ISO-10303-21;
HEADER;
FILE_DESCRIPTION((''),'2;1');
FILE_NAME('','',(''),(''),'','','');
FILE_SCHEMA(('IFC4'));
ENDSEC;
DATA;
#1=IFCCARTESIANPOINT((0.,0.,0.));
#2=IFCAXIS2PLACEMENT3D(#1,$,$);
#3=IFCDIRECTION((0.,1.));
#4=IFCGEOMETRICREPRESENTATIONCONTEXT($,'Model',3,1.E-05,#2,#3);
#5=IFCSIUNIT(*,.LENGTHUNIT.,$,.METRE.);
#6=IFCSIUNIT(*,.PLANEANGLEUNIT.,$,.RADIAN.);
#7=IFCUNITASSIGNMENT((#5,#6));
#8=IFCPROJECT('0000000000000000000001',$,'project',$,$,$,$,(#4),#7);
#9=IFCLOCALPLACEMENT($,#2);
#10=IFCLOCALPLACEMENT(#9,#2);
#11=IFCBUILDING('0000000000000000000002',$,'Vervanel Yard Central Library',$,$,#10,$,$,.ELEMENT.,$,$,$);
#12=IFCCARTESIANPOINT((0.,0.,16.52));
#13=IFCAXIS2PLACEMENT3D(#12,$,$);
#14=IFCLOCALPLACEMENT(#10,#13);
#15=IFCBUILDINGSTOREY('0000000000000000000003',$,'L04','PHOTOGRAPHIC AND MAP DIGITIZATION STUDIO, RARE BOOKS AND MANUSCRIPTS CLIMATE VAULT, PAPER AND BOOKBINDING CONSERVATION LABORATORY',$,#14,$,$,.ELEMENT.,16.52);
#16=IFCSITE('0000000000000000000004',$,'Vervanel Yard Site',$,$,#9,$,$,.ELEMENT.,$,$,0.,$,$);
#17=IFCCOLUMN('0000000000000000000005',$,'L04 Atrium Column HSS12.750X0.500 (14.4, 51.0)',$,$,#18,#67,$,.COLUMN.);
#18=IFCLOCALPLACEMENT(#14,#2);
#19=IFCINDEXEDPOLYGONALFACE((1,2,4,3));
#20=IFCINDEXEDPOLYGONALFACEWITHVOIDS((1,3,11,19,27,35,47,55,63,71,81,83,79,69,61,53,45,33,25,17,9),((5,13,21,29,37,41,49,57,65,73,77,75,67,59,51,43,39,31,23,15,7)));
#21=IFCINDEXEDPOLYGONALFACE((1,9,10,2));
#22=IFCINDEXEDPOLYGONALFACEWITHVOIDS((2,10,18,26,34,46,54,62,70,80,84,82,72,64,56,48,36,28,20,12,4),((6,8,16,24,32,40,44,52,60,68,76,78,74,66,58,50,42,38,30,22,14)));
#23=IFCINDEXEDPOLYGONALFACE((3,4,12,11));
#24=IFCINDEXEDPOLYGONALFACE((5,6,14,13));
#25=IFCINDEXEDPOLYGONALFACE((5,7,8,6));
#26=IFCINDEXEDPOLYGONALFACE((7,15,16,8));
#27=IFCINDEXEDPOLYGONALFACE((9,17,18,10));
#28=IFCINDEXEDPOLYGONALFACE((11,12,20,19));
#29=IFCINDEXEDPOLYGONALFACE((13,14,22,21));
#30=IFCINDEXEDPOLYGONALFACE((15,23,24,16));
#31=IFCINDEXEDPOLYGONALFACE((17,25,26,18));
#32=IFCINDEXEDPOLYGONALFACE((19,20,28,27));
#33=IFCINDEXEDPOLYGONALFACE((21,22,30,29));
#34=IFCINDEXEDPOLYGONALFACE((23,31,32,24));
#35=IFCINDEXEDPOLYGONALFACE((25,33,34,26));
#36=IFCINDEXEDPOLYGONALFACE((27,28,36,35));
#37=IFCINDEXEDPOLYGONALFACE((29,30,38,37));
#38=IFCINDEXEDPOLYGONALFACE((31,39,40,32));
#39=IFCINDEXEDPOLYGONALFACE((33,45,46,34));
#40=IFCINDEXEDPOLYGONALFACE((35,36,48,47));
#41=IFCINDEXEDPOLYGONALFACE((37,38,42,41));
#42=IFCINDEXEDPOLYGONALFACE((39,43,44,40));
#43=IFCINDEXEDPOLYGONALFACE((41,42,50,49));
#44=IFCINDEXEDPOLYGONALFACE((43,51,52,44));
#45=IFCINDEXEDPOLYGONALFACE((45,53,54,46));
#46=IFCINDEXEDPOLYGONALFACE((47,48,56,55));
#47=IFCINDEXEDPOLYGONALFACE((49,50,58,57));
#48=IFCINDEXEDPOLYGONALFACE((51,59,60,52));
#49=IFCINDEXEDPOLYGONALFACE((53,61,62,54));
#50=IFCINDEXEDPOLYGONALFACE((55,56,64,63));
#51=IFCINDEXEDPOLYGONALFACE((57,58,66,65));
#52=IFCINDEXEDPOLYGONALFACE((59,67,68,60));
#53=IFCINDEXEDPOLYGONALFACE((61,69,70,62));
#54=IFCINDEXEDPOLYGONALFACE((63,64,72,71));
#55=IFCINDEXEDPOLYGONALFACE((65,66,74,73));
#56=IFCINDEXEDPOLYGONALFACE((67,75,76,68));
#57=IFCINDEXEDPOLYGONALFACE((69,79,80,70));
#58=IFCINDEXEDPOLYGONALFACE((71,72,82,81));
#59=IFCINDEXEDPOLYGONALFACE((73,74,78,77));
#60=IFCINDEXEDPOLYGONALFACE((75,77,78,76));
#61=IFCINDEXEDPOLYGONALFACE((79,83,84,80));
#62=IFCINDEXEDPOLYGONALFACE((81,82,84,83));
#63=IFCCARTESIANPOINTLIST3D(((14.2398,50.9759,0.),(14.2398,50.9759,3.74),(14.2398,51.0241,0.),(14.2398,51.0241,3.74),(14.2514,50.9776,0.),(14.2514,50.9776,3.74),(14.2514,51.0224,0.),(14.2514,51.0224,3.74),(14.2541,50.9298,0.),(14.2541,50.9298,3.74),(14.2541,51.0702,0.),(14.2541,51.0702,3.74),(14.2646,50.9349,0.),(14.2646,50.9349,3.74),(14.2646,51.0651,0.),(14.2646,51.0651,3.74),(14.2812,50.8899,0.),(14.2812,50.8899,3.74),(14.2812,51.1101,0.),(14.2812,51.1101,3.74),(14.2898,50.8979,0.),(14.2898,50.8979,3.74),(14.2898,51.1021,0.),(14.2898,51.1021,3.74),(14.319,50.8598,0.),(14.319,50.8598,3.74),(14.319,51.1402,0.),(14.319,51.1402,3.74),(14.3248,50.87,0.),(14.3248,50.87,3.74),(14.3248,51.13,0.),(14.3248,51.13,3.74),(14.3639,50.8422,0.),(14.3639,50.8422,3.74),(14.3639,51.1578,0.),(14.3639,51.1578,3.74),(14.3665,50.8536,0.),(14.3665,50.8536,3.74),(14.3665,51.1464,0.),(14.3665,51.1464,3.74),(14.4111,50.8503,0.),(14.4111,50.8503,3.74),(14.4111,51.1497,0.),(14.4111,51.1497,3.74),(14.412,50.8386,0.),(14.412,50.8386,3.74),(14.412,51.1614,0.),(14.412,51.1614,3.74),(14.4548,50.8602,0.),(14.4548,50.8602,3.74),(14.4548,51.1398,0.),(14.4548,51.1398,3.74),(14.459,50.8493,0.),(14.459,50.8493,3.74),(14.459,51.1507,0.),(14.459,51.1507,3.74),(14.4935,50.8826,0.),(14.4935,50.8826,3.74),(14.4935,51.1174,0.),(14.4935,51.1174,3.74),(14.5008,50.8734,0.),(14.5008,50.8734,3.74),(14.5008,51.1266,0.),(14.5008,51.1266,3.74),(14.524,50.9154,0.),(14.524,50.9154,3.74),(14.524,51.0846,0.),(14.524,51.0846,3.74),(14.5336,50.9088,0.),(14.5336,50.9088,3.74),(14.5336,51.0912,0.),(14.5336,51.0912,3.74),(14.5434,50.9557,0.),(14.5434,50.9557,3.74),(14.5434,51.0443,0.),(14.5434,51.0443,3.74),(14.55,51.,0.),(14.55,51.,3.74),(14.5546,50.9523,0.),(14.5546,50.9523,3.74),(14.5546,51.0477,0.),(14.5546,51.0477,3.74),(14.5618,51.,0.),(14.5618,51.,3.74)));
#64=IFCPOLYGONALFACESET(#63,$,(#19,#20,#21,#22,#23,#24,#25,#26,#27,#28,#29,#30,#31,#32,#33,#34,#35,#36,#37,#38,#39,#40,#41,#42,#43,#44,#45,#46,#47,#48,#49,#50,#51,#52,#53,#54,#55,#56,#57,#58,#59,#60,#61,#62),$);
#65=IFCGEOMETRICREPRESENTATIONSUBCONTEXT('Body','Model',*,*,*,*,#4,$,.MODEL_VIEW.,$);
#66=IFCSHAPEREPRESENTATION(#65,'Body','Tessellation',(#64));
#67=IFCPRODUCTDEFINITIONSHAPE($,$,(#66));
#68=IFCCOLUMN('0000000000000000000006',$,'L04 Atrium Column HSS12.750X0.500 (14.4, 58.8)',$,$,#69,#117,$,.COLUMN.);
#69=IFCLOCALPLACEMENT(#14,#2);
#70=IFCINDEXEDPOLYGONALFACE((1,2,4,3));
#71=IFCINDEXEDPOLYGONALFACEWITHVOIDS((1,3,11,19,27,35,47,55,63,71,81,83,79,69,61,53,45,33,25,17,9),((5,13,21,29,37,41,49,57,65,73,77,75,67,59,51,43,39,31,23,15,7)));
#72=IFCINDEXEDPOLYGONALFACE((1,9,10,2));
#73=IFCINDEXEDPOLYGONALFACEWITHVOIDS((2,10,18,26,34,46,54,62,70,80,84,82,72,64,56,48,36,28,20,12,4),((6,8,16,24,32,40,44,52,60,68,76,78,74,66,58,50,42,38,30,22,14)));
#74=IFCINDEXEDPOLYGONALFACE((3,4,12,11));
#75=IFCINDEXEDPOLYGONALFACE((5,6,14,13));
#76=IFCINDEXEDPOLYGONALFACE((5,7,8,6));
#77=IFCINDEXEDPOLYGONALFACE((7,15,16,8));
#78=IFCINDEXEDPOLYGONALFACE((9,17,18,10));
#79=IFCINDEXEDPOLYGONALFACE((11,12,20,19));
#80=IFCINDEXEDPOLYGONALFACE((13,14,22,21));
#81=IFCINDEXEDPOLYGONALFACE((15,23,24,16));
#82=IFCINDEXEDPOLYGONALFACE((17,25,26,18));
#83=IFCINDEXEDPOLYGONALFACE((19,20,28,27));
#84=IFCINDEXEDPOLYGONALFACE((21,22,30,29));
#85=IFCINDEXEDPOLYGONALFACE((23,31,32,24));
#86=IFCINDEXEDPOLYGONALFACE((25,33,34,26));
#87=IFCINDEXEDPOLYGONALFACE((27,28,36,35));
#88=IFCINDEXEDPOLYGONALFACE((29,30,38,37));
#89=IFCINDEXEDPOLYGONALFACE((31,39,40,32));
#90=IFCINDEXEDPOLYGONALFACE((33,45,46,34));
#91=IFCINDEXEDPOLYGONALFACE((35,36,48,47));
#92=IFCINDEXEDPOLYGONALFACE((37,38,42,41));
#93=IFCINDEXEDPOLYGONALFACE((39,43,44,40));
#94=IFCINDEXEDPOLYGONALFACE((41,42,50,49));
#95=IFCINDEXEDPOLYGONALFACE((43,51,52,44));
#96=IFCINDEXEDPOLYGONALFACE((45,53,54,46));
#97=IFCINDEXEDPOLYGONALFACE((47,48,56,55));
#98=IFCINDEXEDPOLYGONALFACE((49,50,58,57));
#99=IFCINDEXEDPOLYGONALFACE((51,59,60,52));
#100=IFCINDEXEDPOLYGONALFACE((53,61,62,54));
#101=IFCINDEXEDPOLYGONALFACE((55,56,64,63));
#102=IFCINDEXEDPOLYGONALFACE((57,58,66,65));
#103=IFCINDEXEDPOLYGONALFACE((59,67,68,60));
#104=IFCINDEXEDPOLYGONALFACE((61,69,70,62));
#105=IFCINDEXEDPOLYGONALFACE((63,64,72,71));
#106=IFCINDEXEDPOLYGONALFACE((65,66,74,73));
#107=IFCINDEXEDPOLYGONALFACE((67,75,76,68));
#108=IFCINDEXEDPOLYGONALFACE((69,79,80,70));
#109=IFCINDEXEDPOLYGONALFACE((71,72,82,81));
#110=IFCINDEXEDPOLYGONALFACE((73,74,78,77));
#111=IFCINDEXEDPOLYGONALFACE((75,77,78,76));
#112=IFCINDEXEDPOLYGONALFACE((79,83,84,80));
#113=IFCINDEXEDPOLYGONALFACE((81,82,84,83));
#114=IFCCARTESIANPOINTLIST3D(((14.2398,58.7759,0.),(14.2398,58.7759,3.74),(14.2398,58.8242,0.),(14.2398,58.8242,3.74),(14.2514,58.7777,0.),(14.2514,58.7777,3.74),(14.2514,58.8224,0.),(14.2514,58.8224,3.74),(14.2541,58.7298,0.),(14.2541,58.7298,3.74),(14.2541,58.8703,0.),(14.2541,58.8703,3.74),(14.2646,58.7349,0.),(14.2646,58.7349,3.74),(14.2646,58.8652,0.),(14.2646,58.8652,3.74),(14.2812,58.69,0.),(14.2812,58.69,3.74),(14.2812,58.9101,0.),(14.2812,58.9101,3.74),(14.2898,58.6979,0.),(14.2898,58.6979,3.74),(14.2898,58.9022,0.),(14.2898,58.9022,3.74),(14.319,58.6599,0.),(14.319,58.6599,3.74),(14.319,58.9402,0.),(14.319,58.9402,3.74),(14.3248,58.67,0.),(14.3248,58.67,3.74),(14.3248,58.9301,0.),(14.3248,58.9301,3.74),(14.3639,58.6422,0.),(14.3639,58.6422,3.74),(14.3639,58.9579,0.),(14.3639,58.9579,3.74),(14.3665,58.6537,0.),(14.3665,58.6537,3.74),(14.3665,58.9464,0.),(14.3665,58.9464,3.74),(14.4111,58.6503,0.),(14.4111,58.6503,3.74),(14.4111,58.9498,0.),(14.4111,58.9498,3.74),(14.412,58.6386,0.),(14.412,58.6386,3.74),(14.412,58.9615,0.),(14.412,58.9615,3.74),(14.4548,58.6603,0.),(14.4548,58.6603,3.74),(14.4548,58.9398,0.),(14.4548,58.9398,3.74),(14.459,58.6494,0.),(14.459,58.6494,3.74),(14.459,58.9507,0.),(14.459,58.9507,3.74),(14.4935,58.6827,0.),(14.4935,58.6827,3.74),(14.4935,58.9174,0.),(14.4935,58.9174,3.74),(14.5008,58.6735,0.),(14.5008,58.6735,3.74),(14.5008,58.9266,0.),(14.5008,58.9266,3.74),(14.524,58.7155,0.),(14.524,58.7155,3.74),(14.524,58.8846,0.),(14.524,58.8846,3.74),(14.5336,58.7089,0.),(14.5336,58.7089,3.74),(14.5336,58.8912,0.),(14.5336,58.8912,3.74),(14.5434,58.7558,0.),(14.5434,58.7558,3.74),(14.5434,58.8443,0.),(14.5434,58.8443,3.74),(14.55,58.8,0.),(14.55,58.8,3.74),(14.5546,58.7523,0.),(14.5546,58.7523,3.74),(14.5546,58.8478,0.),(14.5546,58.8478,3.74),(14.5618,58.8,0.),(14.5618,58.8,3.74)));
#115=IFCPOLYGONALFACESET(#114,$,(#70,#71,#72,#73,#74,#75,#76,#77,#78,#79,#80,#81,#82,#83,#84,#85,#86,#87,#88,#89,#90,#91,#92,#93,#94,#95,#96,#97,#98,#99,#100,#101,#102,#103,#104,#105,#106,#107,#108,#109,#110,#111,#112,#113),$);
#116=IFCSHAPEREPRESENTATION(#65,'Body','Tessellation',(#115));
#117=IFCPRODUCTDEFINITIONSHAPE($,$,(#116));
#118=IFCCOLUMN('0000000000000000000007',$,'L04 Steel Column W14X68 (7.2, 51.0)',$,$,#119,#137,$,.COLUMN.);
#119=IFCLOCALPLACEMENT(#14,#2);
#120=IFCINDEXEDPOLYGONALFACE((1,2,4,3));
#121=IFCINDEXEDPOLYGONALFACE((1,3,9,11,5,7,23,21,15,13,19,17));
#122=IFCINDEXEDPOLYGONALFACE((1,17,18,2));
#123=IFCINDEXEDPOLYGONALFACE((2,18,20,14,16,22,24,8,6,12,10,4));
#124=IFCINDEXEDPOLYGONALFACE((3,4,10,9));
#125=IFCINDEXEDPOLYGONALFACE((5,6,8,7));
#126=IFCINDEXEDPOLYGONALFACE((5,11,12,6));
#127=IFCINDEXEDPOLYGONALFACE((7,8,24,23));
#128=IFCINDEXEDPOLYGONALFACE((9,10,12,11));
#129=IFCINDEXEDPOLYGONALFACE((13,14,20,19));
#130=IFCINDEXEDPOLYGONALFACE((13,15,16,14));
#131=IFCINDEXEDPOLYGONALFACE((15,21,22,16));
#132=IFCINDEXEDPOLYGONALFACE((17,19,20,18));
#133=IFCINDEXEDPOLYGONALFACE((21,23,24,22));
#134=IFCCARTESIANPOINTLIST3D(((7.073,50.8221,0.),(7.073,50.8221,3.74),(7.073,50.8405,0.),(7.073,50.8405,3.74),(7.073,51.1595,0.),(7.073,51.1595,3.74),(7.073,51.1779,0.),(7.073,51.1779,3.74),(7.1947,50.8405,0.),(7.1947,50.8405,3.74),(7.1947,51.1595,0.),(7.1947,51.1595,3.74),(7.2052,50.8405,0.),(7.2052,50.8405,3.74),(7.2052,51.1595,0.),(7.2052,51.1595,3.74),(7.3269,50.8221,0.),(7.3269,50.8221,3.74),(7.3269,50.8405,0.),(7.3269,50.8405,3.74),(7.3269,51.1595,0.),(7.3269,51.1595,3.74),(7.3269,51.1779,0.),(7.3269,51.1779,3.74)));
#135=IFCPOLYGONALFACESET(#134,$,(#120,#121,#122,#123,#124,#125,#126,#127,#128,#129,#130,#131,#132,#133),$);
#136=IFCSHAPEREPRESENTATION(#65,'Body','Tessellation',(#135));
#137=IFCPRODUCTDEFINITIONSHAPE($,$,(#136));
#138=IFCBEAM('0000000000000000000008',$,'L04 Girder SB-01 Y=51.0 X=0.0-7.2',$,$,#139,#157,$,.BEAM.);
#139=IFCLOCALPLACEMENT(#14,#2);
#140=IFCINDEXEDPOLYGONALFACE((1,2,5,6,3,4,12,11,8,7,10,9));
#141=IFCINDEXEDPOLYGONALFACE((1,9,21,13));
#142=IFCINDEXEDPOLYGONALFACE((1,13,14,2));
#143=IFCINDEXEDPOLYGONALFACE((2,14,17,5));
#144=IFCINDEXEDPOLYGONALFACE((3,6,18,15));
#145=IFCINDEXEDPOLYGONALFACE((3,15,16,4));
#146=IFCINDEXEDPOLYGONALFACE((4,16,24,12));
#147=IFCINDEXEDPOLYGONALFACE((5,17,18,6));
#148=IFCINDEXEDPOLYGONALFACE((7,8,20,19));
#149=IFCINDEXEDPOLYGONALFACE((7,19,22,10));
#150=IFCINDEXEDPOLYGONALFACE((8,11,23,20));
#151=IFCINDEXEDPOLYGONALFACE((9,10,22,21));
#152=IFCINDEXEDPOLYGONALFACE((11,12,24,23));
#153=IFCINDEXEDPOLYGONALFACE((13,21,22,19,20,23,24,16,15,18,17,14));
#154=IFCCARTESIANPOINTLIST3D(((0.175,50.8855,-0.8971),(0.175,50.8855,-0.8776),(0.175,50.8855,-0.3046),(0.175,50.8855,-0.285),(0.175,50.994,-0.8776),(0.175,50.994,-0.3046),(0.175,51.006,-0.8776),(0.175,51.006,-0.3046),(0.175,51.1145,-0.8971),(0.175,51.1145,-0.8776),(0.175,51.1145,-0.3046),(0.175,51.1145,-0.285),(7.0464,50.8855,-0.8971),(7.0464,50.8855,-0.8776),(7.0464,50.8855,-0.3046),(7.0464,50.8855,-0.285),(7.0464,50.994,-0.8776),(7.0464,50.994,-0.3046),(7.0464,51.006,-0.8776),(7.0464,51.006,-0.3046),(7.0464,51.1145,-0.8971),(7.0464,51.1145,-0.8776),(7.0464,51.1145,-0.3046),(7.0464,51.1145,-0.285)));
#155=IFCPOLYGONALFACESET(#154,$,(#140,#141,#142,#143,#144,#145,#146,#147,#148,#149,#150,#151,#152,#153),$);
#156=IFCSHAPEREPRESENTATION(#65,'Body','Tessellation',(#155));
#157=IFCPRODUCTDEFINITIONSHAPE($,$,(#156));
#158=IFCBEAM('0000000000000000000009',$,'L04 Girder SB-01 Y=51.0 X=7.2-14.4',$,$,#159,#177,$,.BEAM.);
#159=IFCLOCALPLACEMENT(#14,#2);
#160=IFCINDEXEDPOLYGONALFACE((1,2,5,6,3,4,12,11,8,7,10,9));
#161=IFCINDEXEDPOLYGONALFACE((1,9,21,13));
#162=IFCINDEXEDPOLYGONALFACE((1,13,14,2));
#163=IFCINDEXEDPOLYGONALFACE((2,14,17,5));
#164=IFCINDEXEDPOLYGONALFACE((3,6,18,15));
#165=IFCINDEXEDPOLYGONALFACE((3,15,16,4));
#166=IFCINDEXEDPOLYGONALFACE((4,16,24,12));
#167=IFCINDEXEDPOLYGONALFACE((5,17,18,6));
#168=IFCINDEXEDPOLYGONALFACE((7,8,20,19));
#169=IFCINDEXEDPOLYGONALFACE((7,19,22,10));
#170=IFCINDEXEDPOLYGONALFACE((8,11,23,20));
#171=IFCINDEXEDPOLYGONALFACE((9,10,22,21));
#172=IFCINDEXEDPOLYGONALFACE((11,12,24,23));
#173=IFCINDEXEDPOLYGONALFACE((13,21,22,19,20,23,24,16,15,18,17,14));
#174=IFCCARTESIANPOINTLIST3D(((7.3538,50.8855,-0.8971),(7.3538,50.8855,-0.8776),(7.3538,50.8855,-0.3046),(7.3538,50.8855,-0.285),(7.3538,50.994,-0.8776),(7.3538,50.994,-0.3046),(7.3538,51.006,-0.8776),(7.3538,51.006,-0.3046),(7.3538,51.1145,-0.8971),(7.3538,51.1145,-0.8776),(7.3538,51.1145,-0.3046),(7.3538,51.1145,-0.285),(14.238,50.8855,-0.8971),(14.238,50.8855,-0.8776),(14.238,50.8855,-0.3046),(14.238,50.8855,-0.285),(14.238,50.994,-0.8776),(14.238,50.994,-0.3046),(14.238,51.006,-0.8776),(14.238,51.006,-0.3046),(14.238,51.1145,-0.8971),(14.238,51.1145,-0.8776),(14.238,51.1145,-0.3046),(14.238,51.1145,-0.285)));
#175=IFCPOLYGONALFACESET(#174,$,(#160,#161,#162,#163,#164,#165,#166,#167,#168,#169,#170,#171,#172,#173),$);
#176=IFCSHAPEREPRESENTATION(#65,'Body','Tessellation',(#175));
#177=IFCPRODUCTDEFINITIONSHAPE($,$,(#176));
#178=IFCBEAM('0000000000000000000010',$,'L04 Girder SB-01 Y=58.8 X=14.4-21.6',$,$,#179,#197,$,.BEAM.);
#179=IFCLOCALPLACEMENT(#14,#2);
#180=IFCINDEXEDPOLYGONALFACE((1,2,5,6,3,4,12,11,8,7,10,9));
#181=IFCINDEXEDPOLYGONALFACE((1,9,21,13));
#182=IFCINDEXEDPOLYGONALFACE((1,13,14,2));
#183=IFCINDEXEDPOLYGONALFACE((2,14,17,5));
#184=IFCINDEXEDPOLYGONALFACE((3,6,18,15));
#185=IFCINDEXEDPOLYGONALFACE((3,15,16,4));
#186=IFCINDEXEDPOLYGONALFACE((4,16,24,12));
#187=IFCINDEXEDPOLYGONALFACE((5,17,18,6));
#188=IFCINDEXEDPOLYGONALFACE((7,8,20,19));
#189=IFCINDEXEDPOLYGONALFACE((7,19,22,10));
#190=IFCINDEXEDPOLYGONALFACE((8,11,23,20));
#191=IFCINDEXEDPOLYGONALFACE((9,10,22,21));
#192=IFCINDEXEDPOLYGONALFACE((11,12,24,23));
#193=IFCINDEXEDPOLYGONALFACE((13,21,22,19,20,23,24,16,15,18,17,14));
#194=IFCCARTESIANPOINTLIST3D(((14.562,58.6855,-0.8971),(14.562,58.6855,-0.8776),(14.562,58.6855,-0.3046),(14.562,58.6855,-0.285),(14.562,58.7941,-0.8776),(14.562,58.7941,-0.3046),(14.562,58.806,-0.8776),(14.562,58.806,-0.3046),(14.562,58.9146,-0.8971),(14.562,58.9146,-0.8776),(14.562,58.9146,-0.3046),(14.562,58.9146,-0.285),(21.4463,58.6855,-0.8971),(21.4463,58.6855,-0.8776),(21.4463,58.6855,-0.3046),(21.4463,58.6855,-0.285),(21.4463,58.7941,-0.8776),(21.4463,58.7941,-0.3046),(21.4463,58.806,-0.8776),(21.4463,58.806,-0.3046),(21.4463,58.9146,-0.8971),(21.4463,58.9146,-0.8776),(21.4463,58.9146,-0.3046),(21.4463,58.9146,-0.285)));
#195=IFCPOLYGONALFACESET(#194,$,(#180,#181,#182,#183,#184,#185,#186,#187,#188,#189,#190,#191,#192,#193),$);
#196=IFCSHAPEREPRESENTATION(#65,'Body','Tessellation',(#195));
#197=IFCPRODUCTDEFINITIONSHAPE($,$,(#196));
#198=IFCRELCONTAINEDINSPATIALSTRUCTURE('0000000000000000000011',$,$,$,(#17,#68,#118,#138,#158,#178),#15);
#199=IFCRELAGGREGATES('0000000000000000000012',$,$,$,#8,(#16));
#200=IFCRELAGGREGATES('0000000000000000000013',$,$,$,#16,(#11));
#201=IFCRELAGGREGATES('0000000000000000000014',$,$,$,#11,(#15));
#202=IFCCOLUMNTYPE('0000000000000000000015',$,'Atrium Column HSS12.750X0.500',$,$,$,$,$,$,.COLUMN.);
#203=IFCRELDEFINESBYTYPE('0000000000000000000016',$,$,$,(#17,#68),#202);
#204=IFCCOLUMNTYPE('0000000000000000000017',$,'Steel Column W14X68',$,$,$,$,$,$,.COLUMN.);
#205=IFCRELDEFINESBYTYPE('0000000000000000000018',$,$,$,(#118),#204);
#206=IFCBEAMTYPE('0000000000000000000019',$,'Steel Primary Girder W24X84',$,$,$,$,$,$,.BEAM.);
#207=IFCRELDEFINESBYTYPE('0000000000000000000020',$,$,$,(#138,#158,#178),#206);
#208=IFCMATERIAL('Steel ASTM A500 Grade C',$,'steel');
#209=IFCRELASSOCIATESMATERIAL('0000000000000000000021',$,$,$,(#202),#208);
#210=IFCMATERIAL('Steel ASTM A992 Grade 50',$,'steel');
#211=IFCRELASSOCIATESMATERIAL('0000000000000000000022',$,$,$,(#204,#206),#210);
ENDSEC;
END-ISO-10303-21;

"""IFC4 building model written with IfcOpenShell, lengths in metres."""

from ifc_helpers import new_model, si_unit, direction, frame, origin, origin_2d, place, context, subcontext, project, spatial, hollow_circle, i_section, extrude, material, material_profile, profile_set, type_object, element, save


model = new_model("IFC4")

# Units and contexts
model_context = context("Model", 3, precision=1e-05, world=origin(), true_north=direction((0.0, 1.0)))
body_context = subcontext(model_context, "Body", "Model", "MODEL_VIEW")
ifc_project = project(units=[si_unit("LENGTHUNIT", "METRE"), si_unit("PLANEANGLEUNIT", "RADIAN")], contexts=[model_context])

# Site, building, storey
site_placement = place(None, origin())
site = spatial("IfcSite", under=ifc_project, at=site_placement, Name="Vervanel Yard Site", CompositionType="ELEMENT", RefElevation=0.0)
building_placement = place(site_placement, origin())
building = spatial("IfcBuilding", under=site, at=building_placement, Name="Vervanel Yard Central Library", CompositionType="ELEMENT")
storey_placement = place(building_placement, frame((0.0, 0.0, 16.52)))
storey = spatial("IfcBuildingStorey", under=building, at=storey_placement, Name="L04", Description="PHOTOGRAPHIC AND MAP DIGITIZATION STUDIO, RARE BOOKS AND MANUSCRIPTS CLIMATE VAULT, PAPER AND BOOKBINDING CONSERVATION LABORATORY", CompositionType="ELEMENT", Elevation=16.52)

# Columns
ifc_material_1 = material(Name="Steel ASTM A500 Grade C", Category="steel")
ifc_material_profile_1 = material_profile(ifc_material_1, hollow_circle(Radius=0.1619, WallThickness=0.0117, at=origin_2d()), Name="HSS12.750X0.500", Category="steel")
ifc_profile_set_1 = profile_set([ifc_material_profile_1], Name="Steel ASTM A500 Grade C")
column_type_1 = type_object("IfcColumnType", Name="Atrium Column HSS12.750X0.500", PredefinedType="COLUMN", material=ifc_profile_set_1)
for number, where, z_axis, x_axis, name in (
    (1, (14.3999, 51.0, 0.0), (0.0, 0.0, 1.0), (1.0, 0.0, 0.0), "L04 Atrium Column HSS12.750X0.500 (14.4, 51.0)"),
    (2, (14.3999, 58.8, 0.0), (0.0, 0.0, 1.0), (1.0, 0.0, 0.0), "L04 Atrium Column HSS12.750X0.500 (14.4, 58.8)"),
):
    element("IfcColumn", number, at=place(storey_placement, frame(where, z_axis=z_axis, x_axis=x_axis)), inside=storey, type_object=column_type_1, Name=name, PredefinedType="COLUMN", context=body_context, shape_type="SweptSolid", body=[
        extrude(hollow_circle(Radius=0.1619, WallThickness=0.0117, at=origin_2d()), origin(), (0.0, 0.0, 1.0), 3.74),
    ])
ifc_material_2 = material(Name="Steel ASTM A992 Grade 50", Category="steel")
ifc_material_profile_2 = material_profile(ifc_material_2, i_section(OverallWidth=0.2539, OverallDepth=0.3557, WebThickness=0.0105, FlangeThickness=0.0183, at=origin_2d()), Name="W14X68", Category="steel")
ifc_profile_set_2 = profile_set([ifc_material_profile_2], Name="Steel ASTM A992 Grade 50")
column_type_2 = type_object("IfcColumnType", Name="Steel Column W14X68", PredefinedType="COLUMN", material=ifc_profile_set_2)
column_placement = place(storey_placement, frame((7.2, 51.0, 0.0), z_axis=(0.0, 0.0, 1.0), x_axis=(1.0, 0.0, 0.0)))
element("IfcColumn", 3, at=column_placement, inside=storey, type_object=column_type_2, Name="L04 Steel Column W14X68 (7.2, 51.0)", PredefinedType="COLUMN", context=body_context, shape_type="SweptSolid", body=[
    extrude(i_section(OverallWidth=0.2539, OverallDepth=0.3557, WebThickness=0.0105, FlangeThickness=0.0183, at=origin_2d()), origin(), (0.0, 0.0, 1.0), 3.74),
])

# Beams
ifc_material_profile_3 = material_profile(ifc_material_2, i_section(OverallWidth=0.229, OverallDepth=0.6121, WebThickness=0.012, FlangeThickness=0.0195, at=origin_2d()), Name="W24X84", Category="steel")
ifc_profile_set_3 = profile_set([ifc_material_profile_3], Name="Steel ASTM A992 Grade 50")
beam_type_1 = type_object("IfcBeamType", Name="Steel Primary Girder W24X84", PredefinedType="BEAM", material=ifc_profile_set_3)
beam_1_placement = place(storey_placement, frame((0.175, 51.0, -0.5911), z_axis=(1.0, 0.0, 0.0), x_axis=(0.0, 1.0, 0.0)))
element("IfcBeam", 4, at=beam_1_placement, inside=storey, type_object=beam_type_1, Name="L04 Girder SB-01 Y=51.0 X=0.0-7.2", PredefinedType="BEAM", context=body_context, shape_type="SweptSolid", body=[
    extrude(i_section(OverallWidth=0.229, OverallDepth=0.6121, WebThickness=0.012, FlangeThickness=0.0195, at=origin_2d()), origin(), (0.0, 0.0, 1.0), 6.8713),
])
for number, where, z_axis, x_axis, name in (
    (5, (7.3538, 51.0, -0.5911), (1.0, 0.0, 0.0), (0.0, 1.0, 0.0), "L04 Girder SB-01 Y=51.0 X=7.2-14.4"),
    (6, (14.562, 58.8, -0.5911), (1.0, 0.0, 0.0), (0.0, 1.0, 0.0), "L04 Girder SB-01 Y=58.8 X=14.4-21.6"),
):
    element("IfcBeam", number, at=place(storey_placement, frame(where, z_axis=z_axis, x_axis=x_axis)), inside=storey, type_object=beam_type_1, Name=name, PredefinedType="BEAM", context=body_context, shape_type="SweptSolid", body=[
        extrude(i_section(OverallWidth=0.229, OverallDepth=0.6121, WebThickness=0.012, FlangeThickness=0.0195, at=origin_2d()), origin(), (0.0, 0.0, 1.0), 6.8843),
    ])

save(model, "model.ifc")
